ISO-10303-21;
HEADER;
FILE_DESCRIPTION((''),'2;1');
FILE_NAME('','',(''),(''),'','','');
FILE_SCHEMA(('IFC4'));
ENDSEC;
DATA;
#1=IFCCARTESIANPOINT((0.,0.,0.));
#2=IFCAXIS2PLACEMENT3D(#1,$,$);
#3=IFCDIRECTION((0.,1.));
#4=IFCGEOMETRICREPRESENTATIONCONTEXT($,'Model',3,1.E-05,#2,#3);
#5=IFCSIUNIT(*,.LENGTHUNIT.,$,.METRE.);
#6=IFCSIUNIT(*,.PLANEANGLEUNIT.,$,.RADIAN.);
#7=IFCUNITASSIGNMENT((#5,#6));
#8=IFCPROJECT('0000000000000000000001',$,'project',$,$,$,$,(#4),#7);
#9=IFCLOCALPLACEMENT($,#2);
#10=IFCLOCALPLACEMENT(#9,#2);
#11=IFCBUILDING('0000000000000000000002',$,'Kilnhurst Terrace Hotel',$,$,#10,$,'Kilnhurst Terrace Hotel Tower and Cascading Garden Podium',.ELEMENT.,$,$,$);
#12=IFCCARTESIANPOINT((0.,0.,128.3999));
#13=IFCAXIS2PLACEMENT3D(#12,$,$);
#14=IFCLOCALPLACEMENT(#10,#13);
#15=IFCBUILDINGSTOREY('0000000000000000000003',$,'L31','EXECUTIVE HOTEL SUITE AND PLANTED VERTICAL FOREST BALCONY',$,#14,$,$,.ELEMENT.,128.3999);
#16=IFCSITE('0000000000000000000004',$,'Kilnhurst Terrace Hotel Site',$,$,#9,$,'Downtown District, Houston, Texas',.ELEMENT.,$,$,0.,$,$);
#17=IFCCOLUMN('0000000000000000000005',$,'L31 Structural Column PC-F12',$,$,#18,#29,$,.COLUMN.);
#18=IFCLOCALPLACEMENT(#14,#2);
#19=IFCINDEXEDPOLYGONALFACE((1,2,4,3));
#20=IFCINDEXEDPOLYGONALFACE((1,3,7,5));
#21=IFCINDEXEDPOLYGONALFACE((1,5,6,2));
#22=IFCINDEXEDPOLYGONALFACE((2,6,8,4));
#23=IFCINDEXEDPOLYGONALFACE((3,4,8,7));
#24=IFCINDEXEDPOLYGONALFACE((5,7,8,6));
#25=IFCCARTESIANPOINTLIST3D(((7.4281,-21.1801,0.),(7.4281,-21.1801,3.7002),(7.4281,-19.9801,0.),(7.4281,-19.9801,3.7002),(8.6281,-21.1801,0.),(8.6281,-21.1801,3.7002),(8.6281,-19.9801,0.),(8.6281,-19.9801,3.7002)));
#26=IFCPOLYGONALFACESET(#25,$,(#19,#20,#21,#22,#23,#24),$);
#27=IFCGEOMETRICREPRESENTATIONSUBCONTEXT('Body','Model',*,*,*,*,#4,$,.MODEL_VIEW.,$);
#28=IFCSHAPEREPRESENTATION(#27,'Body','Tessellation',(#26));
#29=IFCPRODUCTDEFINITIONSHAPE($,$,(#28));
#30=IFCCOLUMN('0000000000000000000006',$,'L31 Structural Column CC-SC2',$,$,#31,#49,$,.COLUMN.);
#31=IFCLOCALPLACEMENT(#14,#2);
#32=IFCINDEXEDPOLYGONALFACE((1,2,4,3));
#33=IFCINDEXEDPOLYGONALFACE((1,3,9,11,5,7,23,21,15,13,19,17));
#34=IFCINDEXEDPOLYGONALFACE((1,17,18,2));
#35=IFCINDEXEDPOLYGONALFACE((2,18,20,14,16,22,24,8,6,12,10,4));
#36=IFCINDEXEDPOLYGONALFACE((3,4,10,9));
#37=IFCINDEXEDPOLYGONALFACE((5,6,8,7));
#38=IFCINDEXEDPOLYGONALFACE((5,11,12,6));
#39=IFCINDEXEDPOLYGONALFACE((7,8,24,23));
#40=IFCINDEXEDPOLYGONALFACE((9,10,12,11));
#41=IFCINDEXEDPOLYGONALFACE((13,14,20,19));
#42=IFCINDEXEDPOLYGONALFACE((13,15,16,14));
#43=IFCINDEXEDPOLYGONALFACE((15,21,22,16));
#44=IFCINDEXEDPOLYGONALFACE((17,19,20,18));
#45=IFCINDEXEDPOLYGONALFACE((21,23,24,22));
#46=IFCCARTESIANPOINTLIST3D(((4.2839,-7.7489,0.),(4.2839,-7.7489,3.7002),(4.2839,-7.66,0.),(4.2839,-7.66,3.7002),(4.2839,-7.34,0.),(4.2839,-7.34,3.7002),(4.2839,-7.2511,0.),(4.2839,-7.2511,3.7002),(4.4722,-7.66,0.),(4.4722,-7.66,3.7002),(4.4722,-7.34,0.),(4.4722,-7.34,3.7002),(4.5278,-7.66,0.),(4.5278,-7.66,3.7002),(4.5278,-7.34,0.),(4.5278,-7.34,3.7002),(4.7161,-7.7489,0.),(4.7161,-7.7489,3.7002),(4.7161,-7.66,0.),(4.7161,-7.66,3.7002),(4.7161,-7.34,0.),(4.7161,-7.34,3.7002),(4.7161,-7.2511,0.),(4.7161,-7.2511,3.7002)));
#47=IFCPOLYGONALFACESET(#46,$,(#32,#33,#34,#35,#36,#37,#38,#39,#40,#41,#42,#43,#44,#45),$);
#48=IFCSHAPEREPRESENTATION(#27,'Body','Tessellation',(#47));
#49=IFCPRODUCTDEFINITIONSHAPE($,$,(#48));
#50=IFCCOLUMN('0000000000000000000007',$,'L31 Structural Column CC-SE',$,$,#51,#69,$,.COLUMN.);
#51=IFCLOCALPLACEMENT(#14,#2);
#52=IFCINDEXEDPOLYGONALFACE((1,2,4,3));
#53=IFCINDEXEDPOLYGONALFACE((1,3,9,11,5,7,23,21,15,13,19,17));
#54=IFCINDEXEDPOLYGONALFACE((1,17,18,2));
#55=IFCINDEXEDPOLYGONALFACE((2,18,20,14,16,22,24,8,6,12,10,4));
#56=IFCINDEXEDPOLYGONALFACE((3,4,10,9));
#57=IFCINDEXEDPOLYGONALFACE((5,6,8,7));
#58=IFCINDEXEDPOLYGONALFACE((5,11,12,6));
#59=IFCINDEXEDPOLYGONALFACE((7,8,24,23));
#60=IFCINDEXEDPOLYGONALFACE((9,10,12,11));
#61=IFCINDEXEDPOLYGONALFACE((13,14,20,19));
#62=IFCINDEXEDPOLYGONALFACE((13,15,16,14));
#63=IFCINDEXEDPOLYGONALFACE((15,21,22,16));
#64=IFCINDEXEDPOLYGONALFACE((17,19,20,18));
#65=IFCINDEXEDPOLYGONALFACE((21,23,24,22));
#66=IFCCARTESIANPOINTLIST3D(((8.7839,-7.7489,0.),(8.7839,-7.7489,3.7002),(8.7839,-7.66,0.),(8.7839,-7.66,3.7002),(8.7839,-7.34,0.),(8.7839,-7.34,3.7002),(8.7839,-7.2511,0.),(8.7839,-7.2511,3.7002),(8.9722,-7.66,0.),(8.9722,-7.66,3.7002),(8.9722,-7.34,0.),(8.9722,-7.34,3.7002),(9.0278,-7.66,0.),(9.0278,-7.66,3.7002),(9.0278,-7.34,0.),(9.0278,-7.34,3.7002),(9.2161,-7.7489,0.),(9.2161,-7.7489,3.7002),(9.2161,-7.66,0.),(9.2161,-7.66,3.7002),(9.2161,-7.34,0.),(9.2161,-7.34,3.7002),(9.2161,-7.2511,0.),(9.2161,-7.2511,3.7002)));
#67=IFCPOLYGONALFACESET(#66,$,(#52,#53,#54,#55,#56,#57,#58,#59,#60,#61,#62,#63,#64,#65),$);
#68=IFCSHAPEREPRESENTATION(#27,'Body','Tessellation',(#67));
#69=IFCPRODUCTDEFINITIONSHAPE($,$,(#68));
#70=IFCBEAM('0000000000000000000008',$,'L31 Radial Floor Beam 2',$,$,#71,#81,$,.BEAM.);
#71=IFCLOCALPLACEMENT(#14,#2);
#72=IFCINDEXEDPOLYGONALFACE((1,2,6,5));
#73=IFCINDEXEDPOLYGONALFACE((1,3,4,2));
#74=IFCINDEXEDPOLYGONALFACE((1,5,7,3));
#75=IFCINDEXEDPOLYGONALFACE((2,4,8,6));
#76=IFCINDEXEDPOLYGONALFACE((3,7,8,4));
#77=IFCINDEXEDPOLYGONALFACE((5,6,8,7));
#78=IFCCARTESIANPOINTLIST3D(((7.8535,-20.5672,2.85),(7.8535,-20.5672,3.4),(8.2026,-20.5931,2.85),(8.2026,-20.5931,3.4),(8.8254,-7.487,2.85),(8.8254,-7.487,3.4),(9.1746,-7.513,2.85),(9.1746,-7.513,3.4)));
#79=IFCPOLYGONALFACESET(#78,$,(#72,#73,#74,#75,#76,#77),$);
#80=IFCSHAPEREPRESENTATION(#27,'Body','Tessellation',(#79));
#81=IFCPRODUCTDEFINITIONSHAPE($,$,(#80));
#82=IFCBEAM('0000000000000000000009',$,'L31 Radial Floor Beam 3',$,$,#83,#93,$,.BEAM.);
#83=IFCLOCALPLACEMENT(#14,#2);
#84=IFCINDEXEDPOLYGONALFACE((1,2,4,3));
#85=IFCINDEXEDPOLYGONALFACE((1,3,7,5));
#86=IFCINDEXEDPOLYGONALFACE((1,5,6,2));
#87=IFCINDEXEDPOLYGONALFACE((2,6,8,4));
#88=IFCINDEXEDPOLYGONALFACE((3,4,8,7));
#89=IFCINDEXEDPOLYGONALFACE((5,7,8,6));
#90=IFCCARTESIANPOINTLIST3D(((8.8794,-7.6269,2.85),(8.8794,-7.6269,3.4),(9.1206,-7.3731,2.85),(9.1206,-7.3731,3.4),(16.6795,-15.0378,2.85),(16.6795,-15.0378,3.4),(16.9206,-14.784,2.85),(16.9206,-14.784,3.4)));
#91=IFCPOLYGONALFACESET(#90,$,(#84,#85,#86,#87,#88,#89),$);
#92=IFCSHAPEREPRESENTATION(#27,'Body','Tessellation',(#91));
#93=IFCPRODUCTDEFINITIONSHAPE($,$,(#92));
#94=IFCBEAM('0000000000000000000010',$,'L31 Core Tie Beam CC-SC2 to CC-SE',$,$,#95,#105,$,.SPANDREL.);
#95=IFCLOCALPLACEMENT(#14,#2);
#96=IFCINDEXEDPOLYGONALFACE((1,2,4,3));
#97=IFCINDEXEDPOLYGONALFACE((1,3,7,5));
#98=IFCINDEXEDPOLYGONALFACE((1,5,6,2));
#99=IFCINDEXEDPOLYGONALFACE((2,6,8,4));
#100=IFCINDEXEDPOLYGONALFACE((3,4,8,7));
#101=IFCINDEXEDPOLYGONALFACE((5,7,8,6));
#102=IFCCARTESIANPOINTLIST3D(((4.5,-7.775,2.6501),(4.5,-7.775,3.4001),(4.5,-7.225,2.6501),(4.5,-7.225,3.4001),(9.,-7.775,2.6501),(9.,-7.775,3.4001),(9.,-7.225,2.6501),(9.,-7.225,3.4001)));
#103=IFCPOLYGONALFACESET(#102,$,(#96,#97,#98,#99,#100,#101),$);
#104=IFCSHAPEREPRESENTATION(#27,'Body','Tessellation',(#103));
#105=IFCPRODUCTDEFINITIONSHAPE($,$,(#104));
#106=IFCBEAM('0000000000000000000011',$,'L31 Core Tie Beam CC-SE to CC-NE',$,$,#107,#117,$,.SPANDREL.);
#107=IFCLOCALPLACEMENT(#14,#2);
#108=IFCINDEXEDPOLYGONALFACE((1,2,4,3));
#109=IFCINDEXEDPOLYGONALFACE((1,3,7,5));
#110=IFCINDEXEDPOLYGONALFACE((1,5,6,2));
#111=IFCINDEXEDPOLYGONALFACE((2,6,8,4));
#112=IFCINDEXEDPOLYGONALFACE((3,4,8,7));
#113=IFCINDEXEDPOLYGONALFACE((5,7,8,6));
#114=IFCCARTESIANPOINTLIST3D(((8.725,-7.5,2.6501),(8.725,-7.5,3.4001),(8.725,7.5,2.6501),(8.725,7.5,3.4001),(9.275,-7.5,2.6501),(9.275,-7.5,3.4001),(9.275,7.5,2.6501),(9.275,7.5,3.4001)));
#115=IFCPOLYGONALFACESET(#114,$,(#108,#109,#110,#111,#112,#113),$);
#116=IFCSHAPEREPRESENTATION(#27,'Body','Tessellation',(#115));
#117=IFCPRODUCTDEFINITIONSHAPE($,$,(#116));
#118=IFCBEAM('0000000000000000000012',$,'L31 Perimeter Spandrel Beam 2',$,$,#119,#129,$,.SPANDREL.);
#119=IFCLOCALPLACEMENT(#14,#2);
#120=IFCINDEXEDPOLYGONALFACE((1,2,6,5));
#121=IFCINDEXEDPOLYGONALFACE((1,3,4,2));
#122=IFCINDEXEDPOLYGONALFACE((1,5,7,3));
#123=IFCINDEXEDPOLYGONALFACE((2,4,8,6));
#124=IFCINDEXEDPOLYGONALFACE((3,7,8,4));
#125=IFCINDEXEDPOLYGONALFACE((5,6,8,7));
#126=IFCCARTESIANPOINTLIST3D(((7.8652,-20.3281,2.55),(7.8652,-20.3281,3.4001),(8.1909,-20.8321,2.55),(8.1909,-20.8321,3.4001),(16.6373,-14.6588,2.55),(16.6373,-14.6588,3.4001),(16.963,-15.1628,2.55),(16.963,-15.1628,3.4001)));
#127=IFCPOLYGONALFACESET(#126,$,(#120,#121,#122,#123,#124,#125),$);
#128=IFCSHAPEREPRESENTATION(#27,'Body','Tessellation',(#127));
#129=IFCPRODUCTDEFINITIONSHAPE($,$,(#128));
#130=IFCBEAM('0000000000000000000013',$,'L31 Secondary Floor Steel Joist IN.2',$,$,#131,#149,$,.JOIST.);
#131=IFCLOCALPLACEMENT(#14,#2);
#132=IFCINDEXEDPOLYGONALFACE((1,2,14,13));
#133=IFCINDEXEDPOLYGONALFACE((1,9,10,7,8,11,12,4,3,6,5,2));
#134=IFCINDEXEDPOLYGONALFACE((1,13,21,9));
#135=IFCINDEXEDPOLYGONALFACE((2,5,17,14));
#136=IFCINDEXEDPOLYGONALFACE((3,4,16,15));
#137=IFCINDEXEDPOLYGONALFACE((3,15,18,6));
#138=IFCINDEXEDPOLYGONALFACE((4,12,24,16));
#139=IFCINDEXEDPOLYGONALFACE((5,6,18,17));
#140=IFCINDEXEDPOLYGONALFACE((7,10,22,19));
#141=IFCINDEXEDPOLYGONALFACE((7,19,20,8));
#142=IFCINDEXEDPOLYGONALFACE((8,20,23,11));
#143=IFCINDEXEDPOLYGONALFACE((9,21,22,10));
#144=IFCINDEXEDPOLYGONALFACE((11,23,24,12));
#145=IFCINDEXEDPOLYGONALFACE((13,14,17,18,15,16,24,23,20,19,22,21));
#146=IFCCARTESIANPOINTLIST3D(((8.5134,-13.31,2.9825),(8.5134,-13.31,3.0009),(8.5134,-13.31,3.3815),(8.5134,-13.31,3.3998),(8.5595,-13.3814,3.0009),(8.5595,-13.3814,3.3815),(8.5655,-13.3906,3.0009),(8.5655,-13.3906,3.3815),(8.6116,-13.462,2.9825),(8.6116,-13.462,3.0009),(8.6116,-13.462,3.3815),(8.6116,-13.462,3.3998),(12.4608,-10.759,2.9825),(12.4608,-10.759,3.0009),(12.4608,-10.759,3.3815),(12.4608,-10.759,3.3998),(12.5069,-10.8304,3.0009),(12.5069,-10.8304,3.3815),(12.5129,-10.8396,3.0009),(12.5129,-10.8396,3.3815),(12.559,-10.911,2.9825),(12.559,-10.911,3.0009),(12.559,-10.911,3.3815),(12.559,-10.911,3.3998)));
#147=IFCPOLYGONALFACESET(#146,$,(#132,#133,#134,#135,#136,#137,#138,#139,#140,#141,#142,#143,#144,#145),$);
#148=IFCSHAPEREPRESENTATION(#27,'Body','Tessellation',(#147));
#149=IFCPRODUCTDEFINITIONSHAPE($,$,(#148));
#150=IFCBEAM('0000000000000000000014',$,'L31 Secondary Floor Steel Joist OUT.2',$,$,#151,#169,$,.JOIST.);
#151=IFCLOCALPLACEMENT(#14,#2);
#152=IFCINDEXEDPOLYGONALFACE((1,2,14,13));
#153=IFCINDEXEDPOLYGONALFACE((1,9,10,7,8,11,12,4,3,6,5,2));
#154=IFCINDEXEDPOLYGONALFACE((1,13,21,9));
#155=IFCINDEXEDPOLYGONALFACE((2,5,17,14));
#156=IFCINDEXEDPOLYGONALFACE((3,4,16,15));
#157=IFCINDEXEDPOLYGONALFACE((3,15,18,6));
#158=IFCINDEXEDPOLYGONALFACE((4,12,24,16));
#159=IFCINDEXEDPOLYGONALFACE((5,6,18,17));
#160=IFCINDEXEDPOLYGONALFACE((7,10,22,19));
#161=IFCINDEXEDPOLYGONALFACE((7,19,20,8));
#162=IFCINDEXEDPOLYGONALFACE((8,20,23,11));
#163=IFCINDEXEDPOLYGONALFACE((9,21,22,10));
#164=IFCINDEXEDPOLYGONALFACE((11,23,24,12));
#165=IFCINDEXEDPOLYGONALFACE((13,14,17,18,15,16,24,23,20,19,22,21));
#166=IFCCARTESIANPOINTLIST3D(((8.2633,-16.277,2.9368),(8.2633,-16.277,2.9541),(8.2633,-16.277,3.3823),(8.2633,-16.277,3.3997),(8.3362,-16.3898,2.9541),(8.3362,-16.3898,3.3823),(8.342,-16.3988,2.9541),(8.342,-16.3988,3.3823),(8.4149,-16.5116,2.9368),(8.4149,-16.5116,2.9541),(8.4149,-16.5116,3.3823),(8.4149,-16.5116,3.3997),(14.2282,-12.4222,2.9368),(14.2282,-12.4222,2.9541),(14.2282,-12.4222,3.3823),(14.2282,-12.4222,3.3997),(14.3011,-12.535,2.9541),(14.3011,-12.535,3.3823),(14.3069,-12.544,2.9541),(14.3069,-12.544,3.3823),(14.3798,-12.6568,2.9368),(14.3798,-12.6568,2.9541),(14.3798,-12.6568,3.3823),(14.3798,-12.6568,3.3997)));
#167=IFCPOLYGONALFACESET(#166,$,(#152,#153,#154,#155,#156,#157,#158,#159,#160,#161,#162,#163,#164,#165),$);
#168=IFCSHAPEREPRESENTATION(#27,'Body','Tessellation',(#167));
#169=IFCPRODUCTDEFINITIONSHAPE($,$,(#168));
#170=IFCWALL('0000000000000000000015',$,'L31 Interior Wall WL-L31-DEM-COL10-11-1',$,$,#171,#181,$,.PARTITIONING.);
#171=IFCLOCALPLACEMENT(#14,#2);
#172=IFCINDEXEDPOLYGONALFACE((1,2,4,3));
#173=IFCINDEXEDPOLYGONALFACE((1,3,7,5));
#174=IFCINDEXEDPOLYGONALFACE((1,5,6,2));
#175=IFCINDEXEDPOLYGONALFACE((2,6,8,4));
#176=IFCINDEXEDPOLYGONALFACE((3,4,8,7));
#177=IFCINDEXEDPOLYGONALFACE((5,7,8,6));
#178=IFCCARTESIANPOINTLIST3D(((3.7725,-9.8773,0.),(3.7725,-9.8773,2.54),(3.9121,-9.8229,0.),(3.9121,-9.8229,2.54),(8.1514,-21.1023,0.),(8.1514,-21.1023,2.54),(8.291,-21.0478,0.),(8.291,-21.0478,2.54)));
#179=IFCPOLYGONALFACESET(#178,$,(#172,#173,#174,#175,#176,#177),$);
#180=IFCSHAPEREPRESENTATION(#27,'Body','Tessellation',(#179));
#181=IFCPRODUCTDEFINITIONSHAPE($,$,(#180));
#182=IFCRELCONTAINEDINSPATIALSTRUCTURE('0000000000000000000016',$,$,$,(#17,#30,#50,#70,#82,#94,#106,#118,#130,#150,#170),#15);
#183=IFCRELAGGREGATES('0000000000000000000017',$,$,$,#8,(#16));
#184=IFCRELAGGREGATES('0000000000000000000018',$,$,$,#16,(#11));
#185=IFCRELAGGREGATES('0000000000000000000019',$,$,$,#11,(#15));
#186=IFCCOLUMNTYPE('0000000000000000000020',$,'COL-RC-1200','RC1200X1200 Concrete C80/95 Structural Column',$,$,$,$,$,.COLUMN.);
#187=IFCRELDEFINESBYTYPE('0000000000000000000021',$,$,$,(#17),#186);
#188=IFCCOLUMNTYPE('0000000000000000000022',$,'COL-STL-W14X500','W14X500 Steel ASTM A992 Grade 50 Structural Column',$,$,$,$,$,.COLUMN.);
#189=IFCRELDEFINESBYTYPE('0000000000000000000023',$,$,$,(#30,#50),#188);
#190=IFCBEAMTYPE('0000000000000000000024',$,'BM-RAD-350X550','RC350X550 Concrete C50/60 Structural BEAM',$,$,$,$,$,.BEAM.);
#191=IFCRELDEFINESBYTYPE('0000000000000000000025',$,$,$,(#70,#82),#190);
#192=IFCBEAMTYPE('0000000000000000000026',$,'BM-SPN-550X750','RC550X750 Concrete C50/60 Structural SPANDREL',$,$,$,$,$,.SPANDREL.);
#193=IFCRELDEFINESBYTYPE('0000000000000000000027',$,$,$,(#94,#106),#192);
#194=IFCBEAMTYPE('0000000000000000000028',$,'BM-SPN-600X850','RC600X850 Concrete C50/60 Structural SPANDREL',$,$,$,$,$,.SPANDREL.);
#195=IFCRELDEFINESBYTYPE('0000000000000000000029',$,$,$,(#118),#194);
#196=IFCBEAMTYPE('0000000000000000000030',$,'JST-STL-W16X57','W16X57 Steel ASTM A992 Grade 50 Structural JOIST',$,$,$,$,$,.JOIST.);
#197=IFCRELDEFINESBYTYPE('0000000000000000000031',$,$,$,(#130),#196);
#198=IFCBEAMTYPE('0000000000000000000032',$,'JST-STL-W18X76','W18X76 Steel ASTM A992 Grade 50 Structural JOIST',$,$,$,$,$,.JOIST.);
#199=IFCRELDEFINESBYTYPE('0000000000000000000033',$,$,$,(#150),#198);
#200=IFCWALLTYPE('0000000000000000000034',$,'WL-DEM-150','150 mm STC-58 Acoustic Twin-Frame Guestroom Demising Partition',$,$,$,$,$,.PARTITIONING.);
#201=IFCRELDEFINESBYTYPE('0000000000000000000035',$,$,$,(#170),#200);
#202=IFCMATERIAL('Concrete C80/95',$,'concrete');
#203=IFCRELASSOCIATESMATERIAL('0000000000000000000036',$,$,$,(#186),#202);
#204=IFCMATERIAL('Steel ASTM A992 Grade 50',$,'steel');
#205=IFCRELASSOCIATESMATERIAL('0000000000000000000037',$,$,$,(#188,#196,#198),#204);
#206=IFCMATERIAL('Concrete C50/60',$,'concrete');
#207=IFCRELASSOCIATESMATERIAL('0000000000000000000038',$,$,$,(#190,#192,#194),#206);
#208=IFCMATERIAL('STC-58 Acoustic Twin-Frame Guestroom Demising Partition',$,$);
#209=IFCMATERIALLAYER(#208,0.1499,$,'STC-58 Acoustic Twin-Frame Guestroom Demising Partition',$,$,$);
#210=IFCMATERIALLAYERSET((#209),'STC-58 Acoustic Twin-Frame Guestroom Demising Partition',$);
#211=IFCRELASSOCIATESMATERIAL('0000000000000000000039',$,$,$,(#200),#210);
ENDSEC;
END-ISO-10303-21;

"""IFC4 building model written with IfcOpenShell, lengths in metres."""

from ifc_helpers import new_model, si_unit, direction, frame, frame_2d, origin, origin_2d, place, context, subcontext, project, spatial, rectangle, i_section, extrude, material, layer, layer_set, material_profile, profile_set, type_object, element, save


model = new_model("IFC4")

# Units and contexts
model_context = context("Model", 3, precision=1e-05, world=origin(), true_north=direction((0.0, 1.0)))
body_context = subcontext(model_context, "Body", "Model", "MODEL_VIEW")
ifc_project = project(units=[si_unit("LENGTHUNIT", "METRE"), si_unit("PLANEANGLEUNIT", "RADIAN")], contexts=[model_context])

# Site, building, storey
site_placement = place(None, origin())
site = spatial("IfcSite", under=ifc_project, at=site_placement, Name="Kilnhurst Terrace Hotel Site", LongName="Downtown District, Houston, Texas", CompositionType="ELEMENT", RefElevation=0.0)
building_placement = place(site_placement, origin())
building = spatial("IfcBuilding", under=site, at=building_placement, Name="Kilnhurst Terrace Hotel", LongName="Kilnhurst Terrace Hotel Tower and Cascading Garden Podium", CompositionType="ELEMENT")
storey_placement = place(building_placement, frame((0.0, 0.0, 128.3999)))
storey = spatial("IfcBuildingStorey", under=building, at=storey_placement, Name="L31", Description="EXECUTIVE HOTEL SUITE AND PLANTED VERTICAL FOREST BALCONY", CompositionType="ELEMENT", Elevation=128.3999)

# Columns
ifc_material_1 = material(Name="Concrete C80/95", Category="concrete")
ifc_material_profile_1 = material_profile(ifc_material_1, rectangle(XDim=1.2, YDim=1.2, at=origin_2d()), Name="RC1200X1200")
ifc_profile_set_1 = profile_set([ifc_material_profile_1], Name="Concrete C80/95")
column_type_1 = type_object("IfcColumnType", Name="COL-RC-1200", Description="RC1200X1200 Concrete C80/95 Structural Column", PredefinedType="COLUMN", material=ifc_profile_set_1)
column_placement = place(storey_placement, frame((8.0281, -20.5801, 0.0), z_axis=(0.0, 0.0, 1.0), x_axis=(1.0, 0.0, 0.0)))
element("IfcColumn", 1, at=column_placement, inside=storey, type_object=column_type_1, Name="L31 Structural Column PC-F12", PredefinedType="COLUMN", context=body_context, shape_type="SweptSolid", body=[
    extrude(rectangle(XDim=1.2, YDim=1.2, at=origin_2d()), origin(), (0.0, 0.0, 1.0), 3.7002),
])
ifc_material_2 = material(Name="Steel ASTM A992 Grade 50", Category="steel")
ifc_material_profile_2 = material_profile(ifc_material_2, i_section(OverallWidth=0.4321, OverallDepth=0.4978, WebThickness=0.0557, FlangeThickness=0.0889, at=origin_2d()), Name="W14X500")
ifc_profile_set_2 = profile_set([ifc_material_profile_2], Name="Steel ASTM A992 Grade 50")
column_type_2 = type_object("IfcColumnType", Name="COL-STL-W14X500", Description="W14X500 Steel ASTM A992 Grade 50 Structural Column", PredefinedType="COLUMN", material=ifc_profile_set_2)
for number, where, z_axis, x_axis, name in (
    (2, (4.5, -7.5, 0.0), (0.0, 0.0, 1.0), (1.0, 0.0, 0.0), "L31 Structural Column CC-SC2"),
    (3, (9.0, -7.5, 0.0), (0.0, 0.0, 1.0), (1.0, 0.0, 0.0), "L31 Structural Column CC-SE"),
):
    element("IfcColumn", number, at=place(storey_placement, frame(where, z_axis=z_axis, x_axis=x_axis)), inside=storey, type_object=column_type_2, Name=name, PredefinedType="COLUMN", context=body_context, shape_type="SweptSolid", body=[
        extrude(i_section(OverallWidth=0.4321, OverallDepth=0.4978, WebThickness=0.0557, FlangeThickness=0.0889, at=origin_2d()), origin(), (0.0, 0.0, 1.0), 3.7002),
    ])

# Beams
ifc_material_3 = material(Name="Concrete C50/60", Category="concrete")
ifc_material_profile_3 = material_profile(ifc_material_3, rectangle(XDim=0.3501, YDim=0.55, at=origin_2d()), Name="RC350X550")
ifc_profile_set_3 = profile_set([ifc_material_profile_3], Name="Concrete C50/60")
beam_type_1 = type_object("IfcBeamType", Name="BM-RAD-350X550", Description="RC350X550 Concrete C50/60 Structural BEAM", PredefinedType="BEAM", material=ifc_profile_set_3)
beam_1_placement = place(storey_placement, frame((9.0, -7.5, 3.125), z_axis=(-0.074101, -0.997251, 0.0), x_axis=(0.997251, -0.074101, 0.0)))
element("IfcBeam", 4, at=beam_1_placement, inside=storey, type_object=beam_type_1, Name="L31 Radial Floor Beam 2", PredefinedType="BEAM", context=body_context, shape_type="SweptSolid", body=[
    extrude(rectangle(XDim=0.3501, YDim=0.55, at=origin_2d()), origin(), (0.0, 0.0, 1.0), 13.1162),
])
beam_2_placement = place(storey_placement, frame((9.0, -7.5, 3.125), z_axis=(0.72496, -0.688791, 0.0), x_axis=(0.688791, 0.72496, 0.0)))
element("IfcBeam", 5, at=beam_2_placement, inside=storey, type_object=beam_type_1, Name="L31 Radial Floor Beam 3", PredefinedType="BEAM", context=body_context, shape_type="SweptSolid", body=[
    extrude(rectangle(XDim=0.3501, YDim=0.55, at=origin_2d()), origin(), (0.0, 0.0, 1.0), 10.7593),
])
ifc_material_profile_4 = material_profile(ifc_material_3, rectangle(XDim=0.55, YDim=0.75, at=origin_2d()), Name="RC550X750")
ifc_profile_set_4 = profile_set([ifc_material_profile_4], Name="Concrete C50/60")
beam_type_2 = type_object("IfcBeamType", Name="BM-SPN-550X750", Description="RC550X750 Concrete C50/60 Structural SPANDREL", PredefinedType="SPANDREL", material=ifc_profile_set_4)
beam_3_placement = place(storey_placement, frame((4.5, -7.5, 3.0251), z_axis=(1.0, 0.0, 0.0), x_axis=(0.0, 1.0, 0.0)))
element("IfcBeam", 6, at=beam_3_placement, inside=storey, type_object=beam_type_2, Name="L31 Core Tie Beam CC-SC2 to CC-SE", PredefinedType="SPANDREL", context=body_context, shape_type="SweptSolid", body=[
    extrude(rectangle(XDim=0.55, YDim=0.75, at=origin_2d()), origin(), (0.0, 0.0, 1.0), 4.5),
])
beam_4_placement = place(storey_placement, frame((9.0, -7.5, 3.0251), z_axis=(0.0, 1.0, 0.0), x_axis=(-1.0, 0.0, 0.0)))
element("IfcBeam", 7, at=beam_4_placement, inside=storey, type_object=beam_type_2, Name="L31 Core Tie Beam CC-SE to CC-NE", PredefinedType="SPANDREL", context=body_context, shape_type="SweptSolid", body=[
    extrude(rectangle(XDim=0.55, YDim=0.75, at=origin_2d()), origin(), (0.0, 0.0, 1.0), 15.0),
])
ifc_material_profile_5 = material_profile(ifc_material_3, rectangle(XDim=0.6001, YDim=0.8501, at=origin_2d()), Name="RC600X850")
ifc_profile_set_5 = profile_set([ifc_material_profile_5], Name="Concrete C50/60")
beam_type_3 = type_object("IfcBeamType", Name="BM-SPN-600X850", Description="RC600X850 Concrete C50/60 Structural SPANDREL", PredefinedType="SPANDREL", material=ifc_profile_set_5)
beam_5_placement = place(storey_placement, frame((8.0281, -20.5801, 2.9751), z_axis=(0.839867, 0.542793, 0.0), x_axis=(-0.542793, 0.839867, 0.0)))
element("IfcBeam", 8, at=beam_5_placement, inside=storey, type_object=beam_type_3, Name="L31 Perimeter Spandrel Beam 2", PredefinedType="SPANDREL", context=body_context, shape_type="SweptSolid", body=[
    extrude(rectangle(XDim=0.6001, YDim=0.8501, at=origin_2d()), origin(), (0.0, 0.0, 1.0), 10.4446),
])
ifc_material_profile_6 = material_profile(ifc_material_2, i_section(OverallWidth=0.1809, OverallDepth=0.4172, WebThickness=0.011, FlangeThickness=0.0183, at=origin_2d()), Name="W16X57")
ifc_profile_set_6 = profile_set([ifc_material_profile_6], Name="Steel ASTM A992 Grade 50")
beam_type_4 = type_object("IfcBeamType", Name="JST-STL-W16X57", Description="W16X57 Steel ASTM A992 Grade 50 Structural JOIST", PredefinedType="JOIST", material=ifc_profile_set_6)
beam_6_placement = place(storey_placement, frame((8.5625, -13.386, 3.1912), z_axis=(0.839885, 0.542764, 0.0), x_axis=(-0.542764, 0.839885, 0.0)))
element("IfcBeam", 9, at=beam_6_placement, inside=storey, type_object=beam_type_4, Name="L31 Secondary Floor Steel Joist IN.2", PredefinedType="JOIST", context=body_context, shape_type="SweptSolid", body=[
    extrude(i_section(OverallWidth=0.1809, OverallDepth=0.4172, WebThickness=0.011, FlangeThickness=0.0183, at=origin_2d()), origin(), (0.0, 0.0, 1.0), 4.7),
])
ifc_material_profile_7 = material_profile(ifc_material_2, i_section(OverallWidth=0.2793, OverallDepth=0.4629, WebThickness=0.0107, FlangeThickness=0.0173, at=origin_2d()), Name="W18X76")
ifc_profile_set_7 = profile_set([ifc_material_profile_7], Name="Steel ASTM A992 Grade 50")
beam_type_5 = type_object("IfcBeamType", Name="JST-STL-W18X76", Description="W18X76 Steel ASTM A992 Grade 50 Structural JOIST", PredefinedType="JOIST", material=ifc_profile_set_7)
beam_7_placement = place(storey_placement, frame((8.3391, -16.3943, 3.1682), z_axis=(0.839883, 0.542768, 0.0), x_axis=(-0.542768, 0.839883, 0.0)))
element("IfcBeam", 10, at=beam_7_placement, inside=storey, type_object=beam_type_5, Name="L31 Secondary Floor Steel Joist OUT.2", PredefinedType="JOIST", context=body_context, shape_type="SweptSolid", body=[
    extrude(i_section(OverallWidth=0.2793, OverallDepth=0.4629, WebThickness=0.0107, FlangeThickness=0.0173, at=origin_2d()), origin(), (0.0, 0.0, 1.0), 7.1021),
])

# Wall
ifc_material_4 = material(Name="STC-58 Acoustic Twin-Frame Guestroom Demising Partition")
ifc_layer_1 = layer(ifc_material_4, 0.1499, Name="STC-58 Acoustic Twin-Frame Guestroom Demising Partition")
ifc_layer_set_1 = layer_set([ifc_layer_1], Name="STC-58 Acoustic Twin-Frame Guestroom Demising Partition")
wall_type_1 = type_object("IfcWallType", Name="WL-DEM-150", Description="150 mm STC-58 Acoustic Twin-Frame Guestroom Demising Partition", PredefinedType="PARTITIONING", material=ifc_layer_set_1)
wall_1_placement = place(storey_placement, frame((3.8423, -9.8501, 0.0), z_axis=(0.0, 0.0, 1.0), x_axis=(0.363433, -0.93162, 0.0)))
element("IfcWall", 11, at=wall_1_placement, inside=storey, type_object=wall_type_1, Name="L31 Interior Wall WL-L31-DEM-COL10-11-1", PredefinedType="PARTITIONING", context=body_context, shape_type="SweptSolid", body=[
    extrude(rectangle(XDim=12.0488, YDim=0.1499, at=frame_2d((6.0244, 0.0))), origin(), (0.0, 0.0, 1.0), 2.54),
])

save(model, "model.ifc")
